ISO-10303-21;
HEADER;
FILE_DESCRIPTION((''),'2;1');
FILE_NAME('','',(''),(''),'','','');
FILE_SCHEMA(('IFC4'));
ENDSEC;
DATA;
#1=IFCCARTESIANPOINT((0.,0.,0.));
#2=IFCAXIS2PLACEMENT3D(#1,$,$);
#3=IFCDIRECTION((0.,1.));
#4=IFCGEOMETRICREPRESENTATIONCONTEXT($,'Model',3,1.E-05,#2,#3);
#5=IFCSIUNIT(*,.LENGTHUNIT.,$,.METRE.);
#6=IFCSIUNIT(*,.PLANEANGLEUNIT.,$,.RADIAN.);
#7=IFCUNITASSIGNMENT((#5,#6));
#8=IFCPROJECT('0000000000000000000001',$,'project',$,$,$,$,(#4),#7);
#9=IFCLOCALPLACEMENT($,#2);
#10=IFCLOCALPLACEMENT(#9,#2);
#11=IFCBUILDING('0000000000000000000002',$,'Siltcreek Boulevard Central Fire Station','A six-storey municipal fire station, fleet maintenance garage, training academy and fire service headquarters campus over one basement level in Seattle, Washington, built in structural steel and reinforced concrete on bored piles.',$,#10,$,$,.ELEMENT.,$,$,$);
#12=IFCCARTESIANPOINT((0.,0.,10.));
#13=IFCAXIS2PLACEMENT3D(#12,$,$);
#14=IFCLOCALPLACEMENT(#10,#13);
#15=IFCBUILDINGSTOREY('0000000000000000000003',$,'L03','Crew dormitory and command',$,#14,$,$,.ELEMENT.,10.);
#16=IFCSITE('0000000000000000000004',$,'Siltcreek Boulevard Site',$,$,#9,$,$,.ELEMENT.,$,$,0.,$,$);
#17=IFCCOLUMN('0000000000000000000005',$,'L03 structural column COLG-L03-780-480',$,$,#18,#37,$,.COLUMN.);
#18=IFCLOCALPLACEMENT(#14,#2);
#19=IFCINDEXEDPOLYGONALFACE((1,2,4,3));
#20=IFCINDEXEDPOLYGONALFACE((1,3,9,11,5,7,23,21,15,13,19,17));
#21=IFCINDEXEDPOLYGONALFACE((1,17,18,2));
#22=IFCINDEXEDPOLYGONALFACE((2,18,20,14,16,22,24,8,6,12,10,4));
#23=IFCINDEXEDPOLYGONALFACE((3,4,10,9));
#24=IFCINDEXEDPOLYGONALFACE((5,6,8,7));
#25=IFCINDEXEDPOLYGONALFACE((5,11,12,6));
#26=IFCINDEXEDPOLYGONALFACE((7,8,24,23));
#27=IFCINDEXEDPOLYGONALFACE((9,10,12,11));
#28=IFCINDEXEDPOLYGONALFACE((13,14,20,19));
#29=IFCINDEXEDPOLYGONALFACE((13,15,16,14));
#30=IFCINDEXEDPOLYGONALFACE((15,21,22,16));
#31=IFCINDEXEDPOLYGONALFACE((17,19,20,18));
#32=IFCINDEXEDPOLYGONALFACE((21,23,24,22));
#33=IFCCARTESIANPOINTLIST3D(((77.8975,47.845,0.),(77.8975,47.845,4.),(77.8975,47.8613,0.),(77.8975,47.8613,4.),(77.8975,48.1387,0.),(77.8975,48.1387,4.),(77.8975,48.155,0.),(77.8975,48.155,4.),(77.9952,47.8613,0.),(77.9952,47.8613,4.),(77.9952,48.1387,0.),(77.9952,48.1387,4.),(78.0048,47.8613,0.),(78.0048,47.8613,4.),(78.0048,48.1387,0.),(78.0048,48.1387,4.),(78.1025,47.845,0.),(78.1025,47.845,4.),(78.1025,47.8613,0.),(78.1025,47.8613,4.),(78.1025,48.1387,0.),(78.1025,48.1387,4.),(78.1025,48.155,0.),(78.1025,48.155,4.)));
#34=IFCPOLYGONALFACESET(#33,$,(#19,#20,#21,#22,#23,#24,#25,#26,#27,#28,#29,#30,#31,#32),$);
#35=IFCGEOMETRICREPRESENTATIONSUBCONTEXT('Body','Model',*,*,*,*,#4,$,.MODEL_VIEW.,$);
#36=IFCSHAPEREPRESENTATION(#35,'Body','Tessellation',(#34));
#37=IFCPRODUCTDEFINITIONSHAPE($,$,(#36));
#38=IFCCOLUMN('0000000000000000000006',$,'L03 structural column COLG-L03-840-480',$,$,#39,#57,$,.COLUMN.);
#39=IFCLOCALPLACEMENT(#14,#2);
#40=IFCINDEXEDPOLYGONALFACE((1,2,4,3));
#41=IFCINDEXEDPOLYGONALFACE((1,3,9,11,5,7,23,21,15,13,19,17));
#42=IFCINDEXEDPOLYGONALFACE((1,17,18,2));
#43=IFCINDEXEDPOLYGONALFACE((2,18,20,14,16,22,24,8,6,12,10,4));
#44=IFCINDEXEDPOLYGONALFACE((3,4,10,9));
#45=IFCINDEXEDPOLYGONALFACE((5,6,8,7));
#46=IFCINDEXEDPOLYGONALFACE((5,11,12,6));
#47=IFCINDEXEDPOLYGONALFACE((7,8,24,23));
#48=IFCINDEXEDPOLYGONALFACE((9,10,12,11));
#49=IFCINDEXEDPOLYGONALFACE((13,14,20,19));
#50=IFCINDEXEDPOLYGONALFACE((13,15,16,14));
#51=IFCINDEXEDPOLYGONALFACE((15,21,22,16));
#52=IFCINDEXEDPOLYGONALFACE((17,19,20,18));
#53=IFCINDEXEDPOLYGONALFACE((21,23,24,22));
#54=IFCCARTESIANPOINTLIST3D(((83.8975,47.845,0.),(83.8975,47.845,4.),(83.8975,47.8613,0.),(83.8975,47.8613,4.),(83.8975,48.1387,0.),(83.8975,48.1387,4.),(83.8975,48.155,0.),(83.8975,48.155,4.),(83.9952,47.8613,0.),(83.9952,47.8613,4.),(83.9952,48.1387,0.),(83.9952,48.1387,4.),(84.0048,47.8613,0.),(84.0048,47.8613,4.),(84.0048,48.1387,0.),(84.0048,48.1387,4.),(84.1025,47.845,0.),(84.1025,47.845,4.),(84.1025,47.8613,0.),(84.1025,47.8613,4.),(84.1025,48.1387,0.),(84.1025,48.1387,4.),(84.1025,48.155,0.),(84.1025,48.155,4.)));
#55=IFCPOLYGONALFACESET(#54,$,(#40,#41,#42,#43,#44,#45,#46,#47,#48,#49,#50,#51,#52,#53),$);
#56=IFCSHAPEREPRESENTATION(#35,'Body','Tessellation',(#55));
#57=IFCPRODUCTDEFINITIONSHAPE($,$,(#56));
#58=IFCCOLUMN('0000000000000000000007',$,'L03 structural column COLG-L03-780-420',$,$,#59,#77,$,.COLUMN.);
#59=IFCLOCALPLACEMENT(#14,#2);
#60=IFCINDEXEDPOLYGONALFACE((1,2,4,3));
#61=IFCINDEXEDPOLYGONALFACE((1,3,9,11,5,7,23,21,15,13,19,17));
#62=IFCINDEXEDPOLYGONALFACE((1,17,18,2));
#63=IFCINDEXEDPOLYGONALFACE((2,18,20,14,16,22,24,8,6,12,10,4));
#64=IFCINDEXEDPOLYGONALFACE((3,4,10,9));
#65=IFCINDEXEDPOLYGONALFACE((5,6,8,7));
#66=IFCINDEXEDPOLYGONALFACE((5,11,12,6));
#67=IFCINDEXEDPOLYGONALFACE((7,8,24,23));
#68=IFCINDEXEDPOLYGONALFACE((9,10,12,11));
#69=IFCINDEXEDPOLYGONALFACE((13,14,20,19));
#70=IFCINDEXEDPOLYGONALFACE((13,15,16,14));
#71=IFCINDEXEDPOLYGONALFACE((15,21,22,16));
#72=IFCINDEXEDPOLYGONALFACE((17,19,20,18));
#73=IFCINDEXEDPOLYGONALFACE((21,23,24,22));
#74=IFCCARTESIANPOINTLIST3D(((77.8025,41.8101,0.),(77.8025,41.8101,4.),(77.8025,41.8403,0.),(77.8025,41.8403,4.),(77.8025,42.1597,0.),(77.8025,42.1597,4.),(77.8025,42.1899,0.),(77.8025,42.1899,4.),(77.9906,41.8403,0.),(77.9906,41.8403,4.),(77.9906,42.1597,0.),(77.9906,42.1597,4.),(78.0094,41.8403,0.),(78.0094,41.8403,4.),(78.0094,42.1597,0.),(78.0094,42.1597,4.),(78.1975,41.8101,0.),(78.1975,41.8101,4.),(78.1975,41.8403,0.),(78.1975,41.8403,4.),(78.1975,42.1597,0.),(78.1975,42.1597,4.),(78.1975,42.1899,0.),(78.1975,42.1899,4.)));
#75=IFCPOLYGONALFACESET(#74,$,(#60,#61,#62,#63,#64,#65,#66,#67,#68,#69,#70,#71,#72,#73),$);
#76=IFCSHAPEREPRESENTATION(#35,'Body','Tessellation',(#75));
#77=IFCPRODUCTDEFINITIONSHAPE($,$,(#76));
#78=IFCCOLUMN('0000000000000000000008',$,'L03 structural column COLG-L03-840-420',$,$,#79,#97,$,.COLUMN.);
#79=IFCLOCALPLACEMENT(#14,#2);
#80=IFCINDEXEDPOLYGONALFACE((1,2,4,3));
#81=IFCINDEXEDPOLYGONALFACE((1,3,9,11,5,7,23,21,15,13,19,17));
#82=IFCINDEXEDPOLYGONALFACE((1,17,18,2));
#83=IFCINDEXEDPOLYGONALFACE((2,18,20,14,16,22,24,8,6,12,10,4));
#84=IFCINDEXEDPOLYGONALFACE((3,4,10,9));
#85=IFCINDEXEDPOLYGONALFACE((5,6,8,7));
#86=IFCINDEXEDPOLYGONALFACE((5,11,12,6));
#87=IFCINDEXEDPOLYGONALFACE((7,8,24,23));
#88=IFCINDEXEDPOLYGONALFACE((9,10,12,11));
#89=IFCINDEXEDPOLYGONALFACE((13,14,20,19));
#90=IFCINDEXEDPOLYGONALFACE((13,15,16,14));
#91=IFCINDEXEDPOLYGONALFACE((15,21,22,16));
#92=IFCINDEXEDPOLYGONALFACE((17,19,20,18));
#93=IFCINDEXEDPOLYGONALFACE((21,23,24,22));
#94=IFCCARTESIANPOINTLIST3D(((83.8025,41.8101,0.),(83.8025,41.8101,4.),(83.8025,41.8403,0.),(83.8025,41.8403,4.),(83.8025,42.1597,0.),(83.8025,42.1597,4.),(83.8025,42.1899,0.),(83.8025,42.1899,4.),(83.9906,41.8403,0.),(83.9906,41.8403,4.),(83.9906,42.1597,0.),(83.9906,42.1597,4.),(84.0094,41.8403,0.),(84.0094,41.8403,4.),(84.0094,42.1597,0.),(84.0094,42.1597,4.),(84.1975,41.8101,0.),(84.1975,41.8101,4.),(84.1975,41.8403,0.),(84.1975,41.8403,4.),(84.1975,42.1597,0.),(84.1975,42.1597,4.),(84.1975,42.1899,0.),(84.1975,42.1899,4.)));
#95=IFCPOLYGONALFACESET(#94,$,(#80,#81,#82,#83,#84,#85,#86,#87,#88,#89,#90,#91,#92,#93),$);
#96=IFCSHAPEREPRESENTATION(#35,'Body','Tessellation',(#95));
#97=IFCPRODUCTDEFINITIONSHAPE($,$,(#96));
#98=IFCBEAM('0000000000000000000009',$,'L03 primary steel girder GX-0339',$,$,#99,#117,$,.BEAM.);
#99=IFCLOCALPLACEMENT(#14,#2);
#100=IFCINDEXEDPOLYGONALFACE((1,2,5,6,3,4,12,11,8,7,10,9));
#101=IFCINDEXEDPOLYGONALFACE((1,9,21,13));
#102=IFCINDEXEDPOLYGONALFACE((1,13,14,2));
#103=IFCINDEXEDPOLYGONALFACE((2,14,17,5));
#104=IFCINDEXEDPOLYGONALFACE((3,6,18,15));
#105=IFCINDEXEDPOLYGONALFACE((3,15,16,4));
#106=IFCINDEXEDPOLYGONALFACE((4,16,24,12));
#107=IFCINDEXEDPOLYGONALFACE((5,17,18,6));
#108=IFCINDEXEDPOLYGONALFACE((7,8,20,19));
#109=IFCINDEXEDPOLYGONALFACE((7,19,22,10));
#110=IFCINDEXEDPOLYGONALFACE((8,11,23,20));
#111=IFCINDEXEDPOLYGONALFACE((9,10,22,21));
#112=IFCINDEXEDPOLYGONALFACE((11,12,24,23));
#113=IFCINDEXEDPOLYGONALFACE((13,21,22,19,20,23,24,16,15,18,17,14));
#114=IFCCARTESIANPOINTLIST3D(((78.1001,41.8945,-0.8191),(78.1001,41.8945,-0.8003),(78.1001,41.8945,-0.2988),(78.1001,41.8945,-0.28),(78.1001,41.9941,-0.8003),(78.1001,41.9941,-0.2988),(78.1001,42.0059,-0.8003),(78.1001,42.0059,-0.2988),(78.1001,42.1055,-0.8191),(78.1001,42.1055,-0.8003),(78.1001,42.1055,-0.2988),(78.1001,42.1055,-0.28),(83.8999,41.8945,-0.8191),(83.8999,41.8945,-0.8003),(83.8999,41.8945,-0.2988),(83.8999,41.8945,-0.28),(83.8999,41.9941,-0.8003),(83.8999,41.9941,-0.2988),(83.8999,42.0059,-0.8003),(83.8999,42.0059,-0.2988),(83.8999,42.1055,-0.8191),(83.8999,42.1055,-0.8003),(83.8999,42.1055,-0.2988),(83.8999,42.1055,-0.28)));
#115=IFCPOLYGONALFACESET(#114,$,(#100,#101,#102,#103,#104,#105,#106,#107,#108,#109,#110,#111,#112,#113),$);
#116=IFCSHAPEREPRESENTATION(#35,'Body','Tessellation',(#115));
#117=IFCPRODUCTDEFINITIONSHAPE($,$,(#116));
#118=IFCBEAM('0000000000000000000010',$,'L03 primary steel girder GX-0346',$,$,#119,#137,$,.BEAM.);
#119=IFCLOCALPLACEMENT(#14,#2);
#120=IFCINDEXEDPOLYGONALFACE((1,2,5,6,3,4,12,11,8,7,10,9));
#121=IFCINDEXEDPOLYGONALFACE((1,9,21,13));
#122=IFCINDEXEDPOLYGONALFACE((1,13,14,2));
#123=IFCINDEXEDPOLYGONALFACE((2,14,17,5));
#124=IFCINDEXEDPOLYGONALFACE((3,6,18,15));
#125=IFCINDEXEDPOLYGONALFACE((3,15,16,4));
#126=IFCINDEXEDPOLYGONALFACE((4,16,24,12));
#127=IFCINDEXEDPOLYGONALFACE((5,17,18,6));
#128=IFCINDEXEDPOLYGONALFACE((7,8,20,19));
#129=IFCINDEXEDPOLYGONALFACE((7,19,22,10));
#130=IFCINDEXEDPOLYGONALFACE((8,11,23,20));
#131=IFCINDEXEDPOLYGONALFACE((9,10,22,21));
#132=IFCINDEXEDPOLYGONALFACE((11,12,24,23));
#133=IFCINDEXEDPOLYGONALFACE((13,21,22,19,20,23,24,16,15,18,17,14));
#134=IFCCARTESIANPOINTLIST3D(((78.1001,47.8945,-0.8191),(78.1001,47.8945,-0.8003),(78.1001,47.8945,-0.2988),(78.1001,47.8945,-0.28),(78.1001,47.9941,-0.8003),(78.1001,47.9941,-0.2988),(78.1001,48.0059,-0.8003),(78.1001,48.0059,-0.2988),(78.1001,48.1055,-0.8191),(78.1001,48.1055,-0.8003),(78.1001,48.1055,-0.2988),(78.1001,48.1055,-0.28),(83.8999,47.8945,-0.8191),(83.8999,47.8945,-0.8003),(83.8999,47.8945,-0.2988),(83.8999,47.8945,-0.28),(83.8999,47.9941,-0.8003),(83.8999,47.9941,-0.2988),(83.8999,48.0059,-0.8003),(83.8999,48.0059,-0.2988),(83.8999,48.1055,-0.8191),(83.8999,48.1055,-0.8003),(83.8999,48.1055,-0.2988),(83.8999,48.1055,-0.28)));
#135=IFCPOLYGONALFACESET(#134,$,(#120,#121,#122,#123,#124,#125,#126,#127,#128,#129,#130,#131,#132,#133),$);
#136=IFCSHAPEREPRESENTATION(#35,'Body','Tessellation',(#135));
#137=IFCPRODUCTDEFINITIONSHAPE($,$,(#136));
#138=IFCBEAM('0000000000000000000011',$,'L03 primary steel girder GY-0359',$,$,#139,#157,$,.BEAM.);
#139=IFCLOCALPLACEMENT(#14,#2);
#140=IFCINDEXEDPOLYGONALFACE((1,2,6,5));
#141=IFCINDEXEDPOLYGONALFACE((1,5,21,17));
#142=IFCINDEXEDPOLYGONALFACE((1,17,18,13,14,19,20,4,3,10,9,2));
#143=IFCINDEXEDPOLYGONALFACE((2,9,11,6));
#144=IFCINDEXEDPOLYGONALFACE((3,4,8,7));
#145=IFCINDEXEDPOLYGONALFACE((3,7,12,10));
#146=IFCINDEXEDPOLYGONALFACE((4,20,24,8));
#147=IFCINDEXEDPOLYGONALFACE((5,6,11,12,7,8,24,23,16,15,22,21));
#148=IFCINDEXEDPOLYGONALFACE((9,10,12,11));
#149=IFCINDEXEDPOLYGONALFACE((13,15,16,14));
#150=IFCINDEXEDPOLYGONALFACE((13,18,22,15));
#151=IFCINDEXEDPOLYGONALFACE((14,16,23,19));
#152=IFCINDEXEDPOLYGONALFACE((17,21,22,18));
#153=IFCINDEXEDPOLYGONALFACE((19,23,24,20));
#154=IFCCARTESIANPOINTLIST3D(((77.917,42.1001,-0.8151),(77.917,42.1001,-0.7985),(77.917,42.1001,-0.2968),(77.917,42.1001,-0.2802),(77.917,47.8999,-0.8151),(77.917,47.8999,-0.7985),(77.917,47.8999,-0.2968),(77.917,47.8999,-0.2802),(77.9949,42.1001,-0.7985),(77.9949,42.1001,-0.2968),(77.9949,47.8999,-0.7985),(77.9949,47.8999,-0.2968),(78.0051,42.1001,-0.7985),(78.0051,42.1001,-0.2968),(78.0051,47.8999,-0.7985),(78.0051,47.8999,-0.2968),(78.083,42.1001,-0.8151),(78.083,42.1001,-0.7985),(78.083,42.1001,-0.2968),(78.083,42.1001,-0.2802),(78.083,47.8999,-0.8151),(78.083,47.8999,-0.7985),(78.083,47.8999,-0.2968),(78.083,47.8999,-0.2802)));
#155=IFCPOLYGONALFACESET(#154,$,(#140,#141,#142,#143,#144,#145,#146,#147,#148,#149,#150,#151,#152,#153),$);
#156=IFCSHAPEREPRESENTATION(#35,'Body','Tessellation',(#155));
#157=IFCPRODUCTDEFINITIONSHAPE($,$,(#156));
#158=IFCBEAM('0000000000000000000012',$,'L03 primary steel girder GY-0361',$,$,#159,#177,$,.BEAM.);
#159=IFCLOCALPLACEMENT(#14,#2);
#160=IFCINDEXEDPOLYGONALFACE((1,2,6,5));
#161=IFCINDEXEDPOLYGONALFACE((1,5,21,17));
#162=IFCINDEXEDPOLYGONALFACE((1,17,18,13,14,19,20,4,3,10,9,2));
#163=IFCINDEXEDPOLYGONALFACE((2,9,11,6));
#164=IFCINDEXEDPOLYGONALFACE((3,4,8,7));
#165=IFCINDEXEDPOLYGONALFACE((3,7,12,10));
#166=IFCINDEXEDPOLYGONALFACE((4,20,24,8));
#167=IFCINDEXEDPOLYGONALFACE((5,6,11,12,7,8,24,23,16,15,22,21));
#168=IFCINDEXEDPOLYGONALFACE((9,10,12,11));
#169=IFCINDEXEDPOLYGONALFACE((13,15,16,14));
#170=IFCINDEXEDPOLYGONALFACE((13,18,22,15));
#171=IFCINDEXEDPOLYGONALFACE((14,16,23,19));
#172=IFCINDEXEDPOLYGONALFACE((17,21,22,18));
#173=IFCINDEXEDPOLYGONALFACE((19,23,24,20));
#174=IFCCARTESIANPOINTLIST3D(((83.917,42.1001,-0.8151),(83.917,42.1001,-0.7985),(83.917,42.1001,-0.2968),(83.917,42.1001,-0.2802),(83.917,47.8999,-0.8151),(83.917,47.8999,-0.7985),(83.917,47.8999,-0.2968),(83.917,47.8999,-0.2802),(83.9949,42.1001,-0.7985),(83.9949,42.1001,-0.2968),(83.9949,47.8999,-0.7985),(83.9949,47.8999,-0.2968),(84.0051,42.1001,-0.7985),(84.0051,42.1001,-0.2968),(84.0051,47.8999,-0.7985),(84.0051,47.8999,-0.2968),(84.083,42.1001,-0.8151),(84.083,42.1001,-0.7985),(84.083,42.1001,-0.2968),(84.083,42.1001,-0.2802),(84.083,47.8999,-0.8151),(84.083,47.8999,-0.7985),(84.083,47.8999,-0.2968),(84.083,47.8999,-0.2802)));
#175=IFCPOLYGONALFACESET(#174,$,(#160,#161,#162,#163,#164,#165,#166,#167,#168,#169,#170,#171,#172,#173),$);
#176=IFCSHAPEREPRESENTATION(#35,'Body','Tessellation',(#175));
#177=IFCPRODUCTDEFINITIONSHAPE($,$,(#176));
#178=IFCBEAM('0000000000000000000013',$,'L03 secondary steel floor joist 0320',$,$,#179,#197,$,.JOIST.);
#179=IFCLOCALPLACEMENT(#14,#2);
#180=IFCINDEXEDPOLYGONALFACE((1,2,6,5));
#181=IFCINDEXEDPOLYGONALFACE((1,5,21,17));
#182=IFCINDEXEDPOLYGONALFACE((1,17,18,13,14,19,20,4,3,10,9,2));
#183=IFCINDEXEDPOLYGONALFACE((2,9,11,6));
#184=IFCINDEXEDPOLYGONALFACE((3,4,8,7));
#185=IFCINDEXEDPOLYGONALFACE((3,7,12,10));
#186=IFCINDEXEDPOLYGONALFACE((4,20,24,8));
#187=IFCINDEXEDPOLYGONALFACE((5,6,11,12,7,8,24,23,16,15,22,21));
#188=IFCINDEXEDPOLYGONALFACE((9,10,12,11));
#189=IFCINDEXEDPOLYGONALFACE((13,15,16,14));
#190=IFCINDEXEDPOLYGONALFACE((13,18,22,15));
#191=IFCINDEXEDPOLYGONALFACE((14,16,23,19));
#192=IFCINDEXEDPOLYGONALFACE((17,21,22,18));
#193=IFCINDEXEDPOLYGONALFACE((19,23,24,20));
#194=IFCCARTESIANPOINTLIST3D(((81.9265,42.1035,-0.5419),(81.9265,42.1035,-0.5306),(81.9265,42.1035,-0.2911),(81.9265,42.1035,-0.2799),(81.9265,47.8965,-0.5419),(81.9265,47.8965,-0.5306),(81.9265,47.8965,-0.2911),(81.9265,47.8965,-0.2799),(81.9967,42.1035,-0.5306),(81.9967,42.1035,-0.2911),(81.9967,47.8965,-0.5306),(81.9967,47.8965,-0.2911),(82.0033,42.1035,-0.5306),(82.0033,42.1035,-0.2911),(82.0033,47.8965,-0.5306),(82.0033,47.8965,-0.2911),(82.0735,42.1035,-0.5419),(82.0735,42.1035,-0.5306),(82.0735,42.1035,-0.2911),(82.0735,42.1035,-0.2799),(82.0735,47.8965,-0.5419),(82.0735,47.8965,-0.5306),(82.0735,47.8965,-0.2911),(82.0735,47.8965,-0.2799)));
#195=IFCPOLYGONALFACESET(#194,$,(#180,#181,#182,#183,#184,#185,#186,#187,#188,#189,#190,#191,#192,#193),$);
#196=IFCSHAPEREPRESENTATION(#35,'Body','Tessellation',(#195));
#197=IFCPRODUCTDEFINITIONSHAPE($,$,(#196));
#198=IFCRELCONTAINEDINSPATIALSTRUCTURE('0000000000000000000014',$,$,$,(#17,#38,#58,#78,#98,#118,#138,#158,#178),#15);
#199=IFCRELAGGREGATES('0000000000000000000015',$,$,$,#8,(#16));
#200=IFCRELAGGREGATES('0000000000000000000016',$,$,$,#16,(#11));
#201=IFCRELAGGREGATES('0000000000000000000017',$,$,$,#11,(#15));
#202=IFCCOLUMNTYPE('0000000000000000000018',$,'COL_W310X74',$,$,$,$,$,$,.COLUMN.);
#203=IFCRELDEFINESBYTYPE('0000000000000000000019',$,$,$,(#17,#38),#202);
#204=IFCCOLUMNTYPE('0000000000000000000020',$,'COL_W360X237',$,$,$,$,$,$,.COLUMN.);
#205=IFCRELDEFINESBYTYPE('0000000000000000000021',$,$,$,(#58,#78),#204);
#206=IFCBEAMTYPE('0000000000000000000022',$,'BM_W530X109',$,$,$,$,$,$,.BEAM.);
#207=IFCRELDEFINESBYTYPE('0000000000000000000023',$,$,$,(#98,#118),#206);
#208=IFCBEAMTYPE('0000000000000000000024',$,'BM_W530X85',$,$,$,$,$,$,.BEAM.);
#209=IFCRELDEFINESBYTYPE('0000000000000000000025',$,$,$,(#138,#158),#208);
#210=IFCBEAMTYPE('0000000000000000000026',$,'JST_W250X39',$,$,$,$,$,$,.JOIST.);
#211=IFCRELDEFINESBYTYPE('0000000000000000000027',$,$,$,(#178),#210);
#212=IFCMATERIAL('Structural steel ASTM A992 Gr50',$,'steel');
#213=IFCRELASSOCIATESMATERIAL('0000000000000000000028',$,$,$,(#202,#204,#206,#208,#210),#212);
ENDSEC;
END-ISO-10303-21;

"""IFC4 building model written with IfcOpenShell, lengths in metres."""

from ifc_helpers import new_model, si_unit, direction, frame, origin, origin_2d, place, context, subcontext, project, spatial, i_section, extrude, material, material_profile, profile_set, type_object, element, save


model = new_model("IFC4")

# Units and contexts
model_context = context("Model", 3, precision=1e-05, world=origin(), true_north=direction((0.0, 1.0)))
body_context = subcontext(model_context, "Body", "Model", "MODEL_VIEW")
ifc_project = project(units=[si_unit("LENGTHUNIT", "METRE"), si_unit("PLANEANGLEUNIT", "RADIAN")], contexts=[model_context])

# Site, building, storey
site_placement = place(None, origin())
site = spatial("IfcSite", under=ifc_project, at=site_placement, Name="Siltcreek Boulevard Site", CompositionType="ELEMENT", RefElevation=0.0)
building_placement = place(site_placement, origin())
building = spatial("IfcBuilding", under=site, at=building_placement, Name="Siltcreek Boulevard Central Fire Station", Description="A six-storey municipal fire station, fleet maintenance garage, training academy and fire service headquarters campus over one basement level in Seattle, Washington, built in structural steel and reinforced concrete on bored piles.", CompositionType="ELEMENT")
storey_placement = place(building_placement, frame((0.0, 0.0, 10.0)))
storey = spatial("IfcBuildingStorey", under=building, at=storey_placement, Name="L03", Description="Crew dormitory and command", CompositionType="ELEMENT", Elevation=10.0)

# Columns
ifc_material_1 = material(Name="Structural steel ASTM A992 Gr50", Category="steel")
ifc_material_profile_1 = material_profile(ifc_material_1, i_section(OverallWidth=0.2051, OverallDepth=0.3101, WebThickness=0.0095, FlangeThickness=0.0164, at=origin_2d()), Name="W310X74")
ifc_profile_set_1 = profile_set([ifc_material_profile_1], Name="Structural steel ASTM A992 Gr50")
column_type_1 = type_object("IfcColumnType", Name="COL_W310X74", PredefinedType="COLUMN", material=ifc_profile_set_1)
for number, where, z_axis, x_axis, name in (
    (1, (78.0, 48.0, 0.0), (0.0, 0.0, 1.0), (1.0, 0.0, 0.0), "L03 structural column COLG-L03-780-480"),
    (2, (84.0, 48.0, 0.0), (0.0, 0.0, 1.0), (1.0, 0.0, 0.0), "L03 structural column COLG-L03-840-480"),
):
    element("IfcColumn", number, at=place(storey_placement, frame(where, z_axis=z_axis, x_axis=x_axis)), inside=storey, type_object=column_type_1, Name=name, PredefinedType="COLUMN", context=body_context, shape_type="SweptSolid", body=[
        extrude(i_section(OverallWidth=0.2051, OverallDepth=0.3101, WebThickness=0.0095, FlangeThickness=0.0164, at=origin_2d()), origin(), (0.0, 0.0, 1.0), 4.0),
    ])
ifc_material_profile_2 = material_profile(ifc_material_1, i_section(OverallWidth=0.395, OverallDepth=0.3799, WebThickness=0.0188, FlangeThickness=0.0303, at=origin_2d()), Name="W360X237")
ifc_profile_set_2 = profile_set([ifc_material_profile_2], Name="Structural steel ASTM A992 Gr50")
column_type_2 = type_object("IfcColumnType", Name="COL_W360X237", PredefinedType="COLUMN", material=ifc_profile_set_2)
for number, where, z_axis, x_axis, name in (
    (3, (78.0, 42.0, 0.0), (0.0, 0.0, 1.0), (1.0, 0.0, 0.0), "L03 structural column COLG-L03-780-420"),
    (4, (84.0, 42.0, 0.0), (0.0, 0.0, 1.0), (1.0, 0.0, 0.0), "L03 structural column COLG-L03-840-420"),
):
    element("IfcColumn", number, at=place(storey_placement, frame(where, z_axis=z_axis, x_axis=x_axis)), inside=storey, type_object=column_type_2, Name=name, PredefinedType="COLUMN", context=body_context, shape_type="SweptSolid", body=[
        extrude(i_section(OverallWidth=0.395, OverallDepth=0.3799, WebThickness=0.0188, FlangeThickness=0.0303, at=origin_2d()), origin(), (0.0, 0.0, 1.0), 4.0),
    ])

# Beams
ifc_material_profile_3 = material_profile(ifc_material_1, i_section(OverallWidth=0.2109, OverallDepth=0.5391, WebThickness=0.0117, FlangeThickness=0.0188, at=origin_2d()), Name="W530X109")
ifc_profile_set_3 = profile_set([ifc_material_profile_3], Name="Structural steel ASTM A992 Gr50")
beam_type_1 = type_object("IfcBeamType", Name="BM_W530X109", PredefinedType="BEAM", material=ifc_profile_set_3)
for number, where, z_axis, x_axis, name in (
    (5, (78.1001, 42.0, -0.5496), (1.0, 0.0, 0.0), (0.0, 1.0, 0.0), "L03 primary steel girder GX-0339"),
    (6, (78.1001, 48.0, -0.5496), (1.0, 0.0, 0.0), (0.0, 1.0, 0.0), "L03 primary steel girder GX-0346"),
):
    element("IfcBeam", number, at=place(storey_placement, frame(where, z_axis=z_axis, x_axis=x_axis)), inside=storey, type_object=beam_type_1, Name=name, PredefinedType="BEAM", context=body_context, shape_type="SweptSolid", body=[
        extrude(i_section(OverallWidth=0.2109, OverallDepth=0.5391, WebThickness=0.0117, FlangeThickness=0.0188, at=origin_2d()), origin(), (0.0, 0.0, 1.0), 5.7998),
    ])
ifc_material_profile_4 = material_profile(ifc_material_1, i_section(OverallWidth=0.166, OverallDepth=0.5349, WebThickness=0.0103, FlangeThickness=0.0166, at=origin_2d()), Name="W530X85")
ifc_profile_set_4 = profile_set([ifc_material_profile_4], Name="Structural steel ASTM A992 Gr50")
beam_type_2 = type_object("IfcBeamType", Name="BM_W530X85", PredefinedType="BEAM", material=ifc_profile_set_4)
for number, where, z_axis, x_axis, name in (
    (7, (78.0, 42.1001, -0.5476), (0.0, 1.0, 0.0), (-1.0, 0.0, 0.0), "L03 primary steel girder GY-0359"),
    (8, (84.0, 42.1001, -0.5476), (0.0, 1.0, 0.0), (-1.0, 0.0, 0.0), "L03 primary steel girder GY-0361"),
):
    element("IfcBeam", number, at=place(storey_placement, frame(where, z_axis=z_axis, x_axis=x_axis)), inside=storey, type_object=beam_type_2, Name=name, PredefinedType="BEAM", context=body_context, shape_type="SweptSolid", body=[
        extrude(i_section(OverallWidth=0.166, OverallDepth=0.5349, WebThickness=0.0103, FlangeThickness=0.0166, at=origin_2d()), origin(), (0.0, 0.0, 1.0), 5.7998),
    ])
ifc_material_profile_5 = material_profile(ifc_material_1, i_section(OverallWidth=0.147, OverallDepth=0.262, WebThickness=0.0066, FlangeThickness=0.0112, at=origin_2d()), Name="W250X39")
ifc_profile_set_5 = profile_set([ifc_material_profile_5], Name="Structural steel ASTM A992 Gr50")
beam_type_3 = type_object("IfcBeamType", Name="JST_W250X39", PredefinedType="JOIST", material=ifc_profile_set_5)
beam_1_placement = place(storey_placement, frame((82.0, 42.1035, -0.4109), z_axis=(0.0, 1.0, 0.0), x_axis=(-1.0, 0.0, 0.0)))
element("IfcBeam", 9, at=beam_1_placement, inside=storey, type_object=beam_type_3, Name="L03 secondary steel floor joist 0320", PredefinedType="JOIST", context=body_context, shape_type="SweptSolid", body=[
    extrude(i_section(OverallWidth=0.147, OverallDepth=0.262, WebThickness=0.0066, FlangeThickness=0.0112, at=origin_2d()), origin(), (0.0, 0.0, 1.0), 5.793),
])

save(model, "model.ifc")
